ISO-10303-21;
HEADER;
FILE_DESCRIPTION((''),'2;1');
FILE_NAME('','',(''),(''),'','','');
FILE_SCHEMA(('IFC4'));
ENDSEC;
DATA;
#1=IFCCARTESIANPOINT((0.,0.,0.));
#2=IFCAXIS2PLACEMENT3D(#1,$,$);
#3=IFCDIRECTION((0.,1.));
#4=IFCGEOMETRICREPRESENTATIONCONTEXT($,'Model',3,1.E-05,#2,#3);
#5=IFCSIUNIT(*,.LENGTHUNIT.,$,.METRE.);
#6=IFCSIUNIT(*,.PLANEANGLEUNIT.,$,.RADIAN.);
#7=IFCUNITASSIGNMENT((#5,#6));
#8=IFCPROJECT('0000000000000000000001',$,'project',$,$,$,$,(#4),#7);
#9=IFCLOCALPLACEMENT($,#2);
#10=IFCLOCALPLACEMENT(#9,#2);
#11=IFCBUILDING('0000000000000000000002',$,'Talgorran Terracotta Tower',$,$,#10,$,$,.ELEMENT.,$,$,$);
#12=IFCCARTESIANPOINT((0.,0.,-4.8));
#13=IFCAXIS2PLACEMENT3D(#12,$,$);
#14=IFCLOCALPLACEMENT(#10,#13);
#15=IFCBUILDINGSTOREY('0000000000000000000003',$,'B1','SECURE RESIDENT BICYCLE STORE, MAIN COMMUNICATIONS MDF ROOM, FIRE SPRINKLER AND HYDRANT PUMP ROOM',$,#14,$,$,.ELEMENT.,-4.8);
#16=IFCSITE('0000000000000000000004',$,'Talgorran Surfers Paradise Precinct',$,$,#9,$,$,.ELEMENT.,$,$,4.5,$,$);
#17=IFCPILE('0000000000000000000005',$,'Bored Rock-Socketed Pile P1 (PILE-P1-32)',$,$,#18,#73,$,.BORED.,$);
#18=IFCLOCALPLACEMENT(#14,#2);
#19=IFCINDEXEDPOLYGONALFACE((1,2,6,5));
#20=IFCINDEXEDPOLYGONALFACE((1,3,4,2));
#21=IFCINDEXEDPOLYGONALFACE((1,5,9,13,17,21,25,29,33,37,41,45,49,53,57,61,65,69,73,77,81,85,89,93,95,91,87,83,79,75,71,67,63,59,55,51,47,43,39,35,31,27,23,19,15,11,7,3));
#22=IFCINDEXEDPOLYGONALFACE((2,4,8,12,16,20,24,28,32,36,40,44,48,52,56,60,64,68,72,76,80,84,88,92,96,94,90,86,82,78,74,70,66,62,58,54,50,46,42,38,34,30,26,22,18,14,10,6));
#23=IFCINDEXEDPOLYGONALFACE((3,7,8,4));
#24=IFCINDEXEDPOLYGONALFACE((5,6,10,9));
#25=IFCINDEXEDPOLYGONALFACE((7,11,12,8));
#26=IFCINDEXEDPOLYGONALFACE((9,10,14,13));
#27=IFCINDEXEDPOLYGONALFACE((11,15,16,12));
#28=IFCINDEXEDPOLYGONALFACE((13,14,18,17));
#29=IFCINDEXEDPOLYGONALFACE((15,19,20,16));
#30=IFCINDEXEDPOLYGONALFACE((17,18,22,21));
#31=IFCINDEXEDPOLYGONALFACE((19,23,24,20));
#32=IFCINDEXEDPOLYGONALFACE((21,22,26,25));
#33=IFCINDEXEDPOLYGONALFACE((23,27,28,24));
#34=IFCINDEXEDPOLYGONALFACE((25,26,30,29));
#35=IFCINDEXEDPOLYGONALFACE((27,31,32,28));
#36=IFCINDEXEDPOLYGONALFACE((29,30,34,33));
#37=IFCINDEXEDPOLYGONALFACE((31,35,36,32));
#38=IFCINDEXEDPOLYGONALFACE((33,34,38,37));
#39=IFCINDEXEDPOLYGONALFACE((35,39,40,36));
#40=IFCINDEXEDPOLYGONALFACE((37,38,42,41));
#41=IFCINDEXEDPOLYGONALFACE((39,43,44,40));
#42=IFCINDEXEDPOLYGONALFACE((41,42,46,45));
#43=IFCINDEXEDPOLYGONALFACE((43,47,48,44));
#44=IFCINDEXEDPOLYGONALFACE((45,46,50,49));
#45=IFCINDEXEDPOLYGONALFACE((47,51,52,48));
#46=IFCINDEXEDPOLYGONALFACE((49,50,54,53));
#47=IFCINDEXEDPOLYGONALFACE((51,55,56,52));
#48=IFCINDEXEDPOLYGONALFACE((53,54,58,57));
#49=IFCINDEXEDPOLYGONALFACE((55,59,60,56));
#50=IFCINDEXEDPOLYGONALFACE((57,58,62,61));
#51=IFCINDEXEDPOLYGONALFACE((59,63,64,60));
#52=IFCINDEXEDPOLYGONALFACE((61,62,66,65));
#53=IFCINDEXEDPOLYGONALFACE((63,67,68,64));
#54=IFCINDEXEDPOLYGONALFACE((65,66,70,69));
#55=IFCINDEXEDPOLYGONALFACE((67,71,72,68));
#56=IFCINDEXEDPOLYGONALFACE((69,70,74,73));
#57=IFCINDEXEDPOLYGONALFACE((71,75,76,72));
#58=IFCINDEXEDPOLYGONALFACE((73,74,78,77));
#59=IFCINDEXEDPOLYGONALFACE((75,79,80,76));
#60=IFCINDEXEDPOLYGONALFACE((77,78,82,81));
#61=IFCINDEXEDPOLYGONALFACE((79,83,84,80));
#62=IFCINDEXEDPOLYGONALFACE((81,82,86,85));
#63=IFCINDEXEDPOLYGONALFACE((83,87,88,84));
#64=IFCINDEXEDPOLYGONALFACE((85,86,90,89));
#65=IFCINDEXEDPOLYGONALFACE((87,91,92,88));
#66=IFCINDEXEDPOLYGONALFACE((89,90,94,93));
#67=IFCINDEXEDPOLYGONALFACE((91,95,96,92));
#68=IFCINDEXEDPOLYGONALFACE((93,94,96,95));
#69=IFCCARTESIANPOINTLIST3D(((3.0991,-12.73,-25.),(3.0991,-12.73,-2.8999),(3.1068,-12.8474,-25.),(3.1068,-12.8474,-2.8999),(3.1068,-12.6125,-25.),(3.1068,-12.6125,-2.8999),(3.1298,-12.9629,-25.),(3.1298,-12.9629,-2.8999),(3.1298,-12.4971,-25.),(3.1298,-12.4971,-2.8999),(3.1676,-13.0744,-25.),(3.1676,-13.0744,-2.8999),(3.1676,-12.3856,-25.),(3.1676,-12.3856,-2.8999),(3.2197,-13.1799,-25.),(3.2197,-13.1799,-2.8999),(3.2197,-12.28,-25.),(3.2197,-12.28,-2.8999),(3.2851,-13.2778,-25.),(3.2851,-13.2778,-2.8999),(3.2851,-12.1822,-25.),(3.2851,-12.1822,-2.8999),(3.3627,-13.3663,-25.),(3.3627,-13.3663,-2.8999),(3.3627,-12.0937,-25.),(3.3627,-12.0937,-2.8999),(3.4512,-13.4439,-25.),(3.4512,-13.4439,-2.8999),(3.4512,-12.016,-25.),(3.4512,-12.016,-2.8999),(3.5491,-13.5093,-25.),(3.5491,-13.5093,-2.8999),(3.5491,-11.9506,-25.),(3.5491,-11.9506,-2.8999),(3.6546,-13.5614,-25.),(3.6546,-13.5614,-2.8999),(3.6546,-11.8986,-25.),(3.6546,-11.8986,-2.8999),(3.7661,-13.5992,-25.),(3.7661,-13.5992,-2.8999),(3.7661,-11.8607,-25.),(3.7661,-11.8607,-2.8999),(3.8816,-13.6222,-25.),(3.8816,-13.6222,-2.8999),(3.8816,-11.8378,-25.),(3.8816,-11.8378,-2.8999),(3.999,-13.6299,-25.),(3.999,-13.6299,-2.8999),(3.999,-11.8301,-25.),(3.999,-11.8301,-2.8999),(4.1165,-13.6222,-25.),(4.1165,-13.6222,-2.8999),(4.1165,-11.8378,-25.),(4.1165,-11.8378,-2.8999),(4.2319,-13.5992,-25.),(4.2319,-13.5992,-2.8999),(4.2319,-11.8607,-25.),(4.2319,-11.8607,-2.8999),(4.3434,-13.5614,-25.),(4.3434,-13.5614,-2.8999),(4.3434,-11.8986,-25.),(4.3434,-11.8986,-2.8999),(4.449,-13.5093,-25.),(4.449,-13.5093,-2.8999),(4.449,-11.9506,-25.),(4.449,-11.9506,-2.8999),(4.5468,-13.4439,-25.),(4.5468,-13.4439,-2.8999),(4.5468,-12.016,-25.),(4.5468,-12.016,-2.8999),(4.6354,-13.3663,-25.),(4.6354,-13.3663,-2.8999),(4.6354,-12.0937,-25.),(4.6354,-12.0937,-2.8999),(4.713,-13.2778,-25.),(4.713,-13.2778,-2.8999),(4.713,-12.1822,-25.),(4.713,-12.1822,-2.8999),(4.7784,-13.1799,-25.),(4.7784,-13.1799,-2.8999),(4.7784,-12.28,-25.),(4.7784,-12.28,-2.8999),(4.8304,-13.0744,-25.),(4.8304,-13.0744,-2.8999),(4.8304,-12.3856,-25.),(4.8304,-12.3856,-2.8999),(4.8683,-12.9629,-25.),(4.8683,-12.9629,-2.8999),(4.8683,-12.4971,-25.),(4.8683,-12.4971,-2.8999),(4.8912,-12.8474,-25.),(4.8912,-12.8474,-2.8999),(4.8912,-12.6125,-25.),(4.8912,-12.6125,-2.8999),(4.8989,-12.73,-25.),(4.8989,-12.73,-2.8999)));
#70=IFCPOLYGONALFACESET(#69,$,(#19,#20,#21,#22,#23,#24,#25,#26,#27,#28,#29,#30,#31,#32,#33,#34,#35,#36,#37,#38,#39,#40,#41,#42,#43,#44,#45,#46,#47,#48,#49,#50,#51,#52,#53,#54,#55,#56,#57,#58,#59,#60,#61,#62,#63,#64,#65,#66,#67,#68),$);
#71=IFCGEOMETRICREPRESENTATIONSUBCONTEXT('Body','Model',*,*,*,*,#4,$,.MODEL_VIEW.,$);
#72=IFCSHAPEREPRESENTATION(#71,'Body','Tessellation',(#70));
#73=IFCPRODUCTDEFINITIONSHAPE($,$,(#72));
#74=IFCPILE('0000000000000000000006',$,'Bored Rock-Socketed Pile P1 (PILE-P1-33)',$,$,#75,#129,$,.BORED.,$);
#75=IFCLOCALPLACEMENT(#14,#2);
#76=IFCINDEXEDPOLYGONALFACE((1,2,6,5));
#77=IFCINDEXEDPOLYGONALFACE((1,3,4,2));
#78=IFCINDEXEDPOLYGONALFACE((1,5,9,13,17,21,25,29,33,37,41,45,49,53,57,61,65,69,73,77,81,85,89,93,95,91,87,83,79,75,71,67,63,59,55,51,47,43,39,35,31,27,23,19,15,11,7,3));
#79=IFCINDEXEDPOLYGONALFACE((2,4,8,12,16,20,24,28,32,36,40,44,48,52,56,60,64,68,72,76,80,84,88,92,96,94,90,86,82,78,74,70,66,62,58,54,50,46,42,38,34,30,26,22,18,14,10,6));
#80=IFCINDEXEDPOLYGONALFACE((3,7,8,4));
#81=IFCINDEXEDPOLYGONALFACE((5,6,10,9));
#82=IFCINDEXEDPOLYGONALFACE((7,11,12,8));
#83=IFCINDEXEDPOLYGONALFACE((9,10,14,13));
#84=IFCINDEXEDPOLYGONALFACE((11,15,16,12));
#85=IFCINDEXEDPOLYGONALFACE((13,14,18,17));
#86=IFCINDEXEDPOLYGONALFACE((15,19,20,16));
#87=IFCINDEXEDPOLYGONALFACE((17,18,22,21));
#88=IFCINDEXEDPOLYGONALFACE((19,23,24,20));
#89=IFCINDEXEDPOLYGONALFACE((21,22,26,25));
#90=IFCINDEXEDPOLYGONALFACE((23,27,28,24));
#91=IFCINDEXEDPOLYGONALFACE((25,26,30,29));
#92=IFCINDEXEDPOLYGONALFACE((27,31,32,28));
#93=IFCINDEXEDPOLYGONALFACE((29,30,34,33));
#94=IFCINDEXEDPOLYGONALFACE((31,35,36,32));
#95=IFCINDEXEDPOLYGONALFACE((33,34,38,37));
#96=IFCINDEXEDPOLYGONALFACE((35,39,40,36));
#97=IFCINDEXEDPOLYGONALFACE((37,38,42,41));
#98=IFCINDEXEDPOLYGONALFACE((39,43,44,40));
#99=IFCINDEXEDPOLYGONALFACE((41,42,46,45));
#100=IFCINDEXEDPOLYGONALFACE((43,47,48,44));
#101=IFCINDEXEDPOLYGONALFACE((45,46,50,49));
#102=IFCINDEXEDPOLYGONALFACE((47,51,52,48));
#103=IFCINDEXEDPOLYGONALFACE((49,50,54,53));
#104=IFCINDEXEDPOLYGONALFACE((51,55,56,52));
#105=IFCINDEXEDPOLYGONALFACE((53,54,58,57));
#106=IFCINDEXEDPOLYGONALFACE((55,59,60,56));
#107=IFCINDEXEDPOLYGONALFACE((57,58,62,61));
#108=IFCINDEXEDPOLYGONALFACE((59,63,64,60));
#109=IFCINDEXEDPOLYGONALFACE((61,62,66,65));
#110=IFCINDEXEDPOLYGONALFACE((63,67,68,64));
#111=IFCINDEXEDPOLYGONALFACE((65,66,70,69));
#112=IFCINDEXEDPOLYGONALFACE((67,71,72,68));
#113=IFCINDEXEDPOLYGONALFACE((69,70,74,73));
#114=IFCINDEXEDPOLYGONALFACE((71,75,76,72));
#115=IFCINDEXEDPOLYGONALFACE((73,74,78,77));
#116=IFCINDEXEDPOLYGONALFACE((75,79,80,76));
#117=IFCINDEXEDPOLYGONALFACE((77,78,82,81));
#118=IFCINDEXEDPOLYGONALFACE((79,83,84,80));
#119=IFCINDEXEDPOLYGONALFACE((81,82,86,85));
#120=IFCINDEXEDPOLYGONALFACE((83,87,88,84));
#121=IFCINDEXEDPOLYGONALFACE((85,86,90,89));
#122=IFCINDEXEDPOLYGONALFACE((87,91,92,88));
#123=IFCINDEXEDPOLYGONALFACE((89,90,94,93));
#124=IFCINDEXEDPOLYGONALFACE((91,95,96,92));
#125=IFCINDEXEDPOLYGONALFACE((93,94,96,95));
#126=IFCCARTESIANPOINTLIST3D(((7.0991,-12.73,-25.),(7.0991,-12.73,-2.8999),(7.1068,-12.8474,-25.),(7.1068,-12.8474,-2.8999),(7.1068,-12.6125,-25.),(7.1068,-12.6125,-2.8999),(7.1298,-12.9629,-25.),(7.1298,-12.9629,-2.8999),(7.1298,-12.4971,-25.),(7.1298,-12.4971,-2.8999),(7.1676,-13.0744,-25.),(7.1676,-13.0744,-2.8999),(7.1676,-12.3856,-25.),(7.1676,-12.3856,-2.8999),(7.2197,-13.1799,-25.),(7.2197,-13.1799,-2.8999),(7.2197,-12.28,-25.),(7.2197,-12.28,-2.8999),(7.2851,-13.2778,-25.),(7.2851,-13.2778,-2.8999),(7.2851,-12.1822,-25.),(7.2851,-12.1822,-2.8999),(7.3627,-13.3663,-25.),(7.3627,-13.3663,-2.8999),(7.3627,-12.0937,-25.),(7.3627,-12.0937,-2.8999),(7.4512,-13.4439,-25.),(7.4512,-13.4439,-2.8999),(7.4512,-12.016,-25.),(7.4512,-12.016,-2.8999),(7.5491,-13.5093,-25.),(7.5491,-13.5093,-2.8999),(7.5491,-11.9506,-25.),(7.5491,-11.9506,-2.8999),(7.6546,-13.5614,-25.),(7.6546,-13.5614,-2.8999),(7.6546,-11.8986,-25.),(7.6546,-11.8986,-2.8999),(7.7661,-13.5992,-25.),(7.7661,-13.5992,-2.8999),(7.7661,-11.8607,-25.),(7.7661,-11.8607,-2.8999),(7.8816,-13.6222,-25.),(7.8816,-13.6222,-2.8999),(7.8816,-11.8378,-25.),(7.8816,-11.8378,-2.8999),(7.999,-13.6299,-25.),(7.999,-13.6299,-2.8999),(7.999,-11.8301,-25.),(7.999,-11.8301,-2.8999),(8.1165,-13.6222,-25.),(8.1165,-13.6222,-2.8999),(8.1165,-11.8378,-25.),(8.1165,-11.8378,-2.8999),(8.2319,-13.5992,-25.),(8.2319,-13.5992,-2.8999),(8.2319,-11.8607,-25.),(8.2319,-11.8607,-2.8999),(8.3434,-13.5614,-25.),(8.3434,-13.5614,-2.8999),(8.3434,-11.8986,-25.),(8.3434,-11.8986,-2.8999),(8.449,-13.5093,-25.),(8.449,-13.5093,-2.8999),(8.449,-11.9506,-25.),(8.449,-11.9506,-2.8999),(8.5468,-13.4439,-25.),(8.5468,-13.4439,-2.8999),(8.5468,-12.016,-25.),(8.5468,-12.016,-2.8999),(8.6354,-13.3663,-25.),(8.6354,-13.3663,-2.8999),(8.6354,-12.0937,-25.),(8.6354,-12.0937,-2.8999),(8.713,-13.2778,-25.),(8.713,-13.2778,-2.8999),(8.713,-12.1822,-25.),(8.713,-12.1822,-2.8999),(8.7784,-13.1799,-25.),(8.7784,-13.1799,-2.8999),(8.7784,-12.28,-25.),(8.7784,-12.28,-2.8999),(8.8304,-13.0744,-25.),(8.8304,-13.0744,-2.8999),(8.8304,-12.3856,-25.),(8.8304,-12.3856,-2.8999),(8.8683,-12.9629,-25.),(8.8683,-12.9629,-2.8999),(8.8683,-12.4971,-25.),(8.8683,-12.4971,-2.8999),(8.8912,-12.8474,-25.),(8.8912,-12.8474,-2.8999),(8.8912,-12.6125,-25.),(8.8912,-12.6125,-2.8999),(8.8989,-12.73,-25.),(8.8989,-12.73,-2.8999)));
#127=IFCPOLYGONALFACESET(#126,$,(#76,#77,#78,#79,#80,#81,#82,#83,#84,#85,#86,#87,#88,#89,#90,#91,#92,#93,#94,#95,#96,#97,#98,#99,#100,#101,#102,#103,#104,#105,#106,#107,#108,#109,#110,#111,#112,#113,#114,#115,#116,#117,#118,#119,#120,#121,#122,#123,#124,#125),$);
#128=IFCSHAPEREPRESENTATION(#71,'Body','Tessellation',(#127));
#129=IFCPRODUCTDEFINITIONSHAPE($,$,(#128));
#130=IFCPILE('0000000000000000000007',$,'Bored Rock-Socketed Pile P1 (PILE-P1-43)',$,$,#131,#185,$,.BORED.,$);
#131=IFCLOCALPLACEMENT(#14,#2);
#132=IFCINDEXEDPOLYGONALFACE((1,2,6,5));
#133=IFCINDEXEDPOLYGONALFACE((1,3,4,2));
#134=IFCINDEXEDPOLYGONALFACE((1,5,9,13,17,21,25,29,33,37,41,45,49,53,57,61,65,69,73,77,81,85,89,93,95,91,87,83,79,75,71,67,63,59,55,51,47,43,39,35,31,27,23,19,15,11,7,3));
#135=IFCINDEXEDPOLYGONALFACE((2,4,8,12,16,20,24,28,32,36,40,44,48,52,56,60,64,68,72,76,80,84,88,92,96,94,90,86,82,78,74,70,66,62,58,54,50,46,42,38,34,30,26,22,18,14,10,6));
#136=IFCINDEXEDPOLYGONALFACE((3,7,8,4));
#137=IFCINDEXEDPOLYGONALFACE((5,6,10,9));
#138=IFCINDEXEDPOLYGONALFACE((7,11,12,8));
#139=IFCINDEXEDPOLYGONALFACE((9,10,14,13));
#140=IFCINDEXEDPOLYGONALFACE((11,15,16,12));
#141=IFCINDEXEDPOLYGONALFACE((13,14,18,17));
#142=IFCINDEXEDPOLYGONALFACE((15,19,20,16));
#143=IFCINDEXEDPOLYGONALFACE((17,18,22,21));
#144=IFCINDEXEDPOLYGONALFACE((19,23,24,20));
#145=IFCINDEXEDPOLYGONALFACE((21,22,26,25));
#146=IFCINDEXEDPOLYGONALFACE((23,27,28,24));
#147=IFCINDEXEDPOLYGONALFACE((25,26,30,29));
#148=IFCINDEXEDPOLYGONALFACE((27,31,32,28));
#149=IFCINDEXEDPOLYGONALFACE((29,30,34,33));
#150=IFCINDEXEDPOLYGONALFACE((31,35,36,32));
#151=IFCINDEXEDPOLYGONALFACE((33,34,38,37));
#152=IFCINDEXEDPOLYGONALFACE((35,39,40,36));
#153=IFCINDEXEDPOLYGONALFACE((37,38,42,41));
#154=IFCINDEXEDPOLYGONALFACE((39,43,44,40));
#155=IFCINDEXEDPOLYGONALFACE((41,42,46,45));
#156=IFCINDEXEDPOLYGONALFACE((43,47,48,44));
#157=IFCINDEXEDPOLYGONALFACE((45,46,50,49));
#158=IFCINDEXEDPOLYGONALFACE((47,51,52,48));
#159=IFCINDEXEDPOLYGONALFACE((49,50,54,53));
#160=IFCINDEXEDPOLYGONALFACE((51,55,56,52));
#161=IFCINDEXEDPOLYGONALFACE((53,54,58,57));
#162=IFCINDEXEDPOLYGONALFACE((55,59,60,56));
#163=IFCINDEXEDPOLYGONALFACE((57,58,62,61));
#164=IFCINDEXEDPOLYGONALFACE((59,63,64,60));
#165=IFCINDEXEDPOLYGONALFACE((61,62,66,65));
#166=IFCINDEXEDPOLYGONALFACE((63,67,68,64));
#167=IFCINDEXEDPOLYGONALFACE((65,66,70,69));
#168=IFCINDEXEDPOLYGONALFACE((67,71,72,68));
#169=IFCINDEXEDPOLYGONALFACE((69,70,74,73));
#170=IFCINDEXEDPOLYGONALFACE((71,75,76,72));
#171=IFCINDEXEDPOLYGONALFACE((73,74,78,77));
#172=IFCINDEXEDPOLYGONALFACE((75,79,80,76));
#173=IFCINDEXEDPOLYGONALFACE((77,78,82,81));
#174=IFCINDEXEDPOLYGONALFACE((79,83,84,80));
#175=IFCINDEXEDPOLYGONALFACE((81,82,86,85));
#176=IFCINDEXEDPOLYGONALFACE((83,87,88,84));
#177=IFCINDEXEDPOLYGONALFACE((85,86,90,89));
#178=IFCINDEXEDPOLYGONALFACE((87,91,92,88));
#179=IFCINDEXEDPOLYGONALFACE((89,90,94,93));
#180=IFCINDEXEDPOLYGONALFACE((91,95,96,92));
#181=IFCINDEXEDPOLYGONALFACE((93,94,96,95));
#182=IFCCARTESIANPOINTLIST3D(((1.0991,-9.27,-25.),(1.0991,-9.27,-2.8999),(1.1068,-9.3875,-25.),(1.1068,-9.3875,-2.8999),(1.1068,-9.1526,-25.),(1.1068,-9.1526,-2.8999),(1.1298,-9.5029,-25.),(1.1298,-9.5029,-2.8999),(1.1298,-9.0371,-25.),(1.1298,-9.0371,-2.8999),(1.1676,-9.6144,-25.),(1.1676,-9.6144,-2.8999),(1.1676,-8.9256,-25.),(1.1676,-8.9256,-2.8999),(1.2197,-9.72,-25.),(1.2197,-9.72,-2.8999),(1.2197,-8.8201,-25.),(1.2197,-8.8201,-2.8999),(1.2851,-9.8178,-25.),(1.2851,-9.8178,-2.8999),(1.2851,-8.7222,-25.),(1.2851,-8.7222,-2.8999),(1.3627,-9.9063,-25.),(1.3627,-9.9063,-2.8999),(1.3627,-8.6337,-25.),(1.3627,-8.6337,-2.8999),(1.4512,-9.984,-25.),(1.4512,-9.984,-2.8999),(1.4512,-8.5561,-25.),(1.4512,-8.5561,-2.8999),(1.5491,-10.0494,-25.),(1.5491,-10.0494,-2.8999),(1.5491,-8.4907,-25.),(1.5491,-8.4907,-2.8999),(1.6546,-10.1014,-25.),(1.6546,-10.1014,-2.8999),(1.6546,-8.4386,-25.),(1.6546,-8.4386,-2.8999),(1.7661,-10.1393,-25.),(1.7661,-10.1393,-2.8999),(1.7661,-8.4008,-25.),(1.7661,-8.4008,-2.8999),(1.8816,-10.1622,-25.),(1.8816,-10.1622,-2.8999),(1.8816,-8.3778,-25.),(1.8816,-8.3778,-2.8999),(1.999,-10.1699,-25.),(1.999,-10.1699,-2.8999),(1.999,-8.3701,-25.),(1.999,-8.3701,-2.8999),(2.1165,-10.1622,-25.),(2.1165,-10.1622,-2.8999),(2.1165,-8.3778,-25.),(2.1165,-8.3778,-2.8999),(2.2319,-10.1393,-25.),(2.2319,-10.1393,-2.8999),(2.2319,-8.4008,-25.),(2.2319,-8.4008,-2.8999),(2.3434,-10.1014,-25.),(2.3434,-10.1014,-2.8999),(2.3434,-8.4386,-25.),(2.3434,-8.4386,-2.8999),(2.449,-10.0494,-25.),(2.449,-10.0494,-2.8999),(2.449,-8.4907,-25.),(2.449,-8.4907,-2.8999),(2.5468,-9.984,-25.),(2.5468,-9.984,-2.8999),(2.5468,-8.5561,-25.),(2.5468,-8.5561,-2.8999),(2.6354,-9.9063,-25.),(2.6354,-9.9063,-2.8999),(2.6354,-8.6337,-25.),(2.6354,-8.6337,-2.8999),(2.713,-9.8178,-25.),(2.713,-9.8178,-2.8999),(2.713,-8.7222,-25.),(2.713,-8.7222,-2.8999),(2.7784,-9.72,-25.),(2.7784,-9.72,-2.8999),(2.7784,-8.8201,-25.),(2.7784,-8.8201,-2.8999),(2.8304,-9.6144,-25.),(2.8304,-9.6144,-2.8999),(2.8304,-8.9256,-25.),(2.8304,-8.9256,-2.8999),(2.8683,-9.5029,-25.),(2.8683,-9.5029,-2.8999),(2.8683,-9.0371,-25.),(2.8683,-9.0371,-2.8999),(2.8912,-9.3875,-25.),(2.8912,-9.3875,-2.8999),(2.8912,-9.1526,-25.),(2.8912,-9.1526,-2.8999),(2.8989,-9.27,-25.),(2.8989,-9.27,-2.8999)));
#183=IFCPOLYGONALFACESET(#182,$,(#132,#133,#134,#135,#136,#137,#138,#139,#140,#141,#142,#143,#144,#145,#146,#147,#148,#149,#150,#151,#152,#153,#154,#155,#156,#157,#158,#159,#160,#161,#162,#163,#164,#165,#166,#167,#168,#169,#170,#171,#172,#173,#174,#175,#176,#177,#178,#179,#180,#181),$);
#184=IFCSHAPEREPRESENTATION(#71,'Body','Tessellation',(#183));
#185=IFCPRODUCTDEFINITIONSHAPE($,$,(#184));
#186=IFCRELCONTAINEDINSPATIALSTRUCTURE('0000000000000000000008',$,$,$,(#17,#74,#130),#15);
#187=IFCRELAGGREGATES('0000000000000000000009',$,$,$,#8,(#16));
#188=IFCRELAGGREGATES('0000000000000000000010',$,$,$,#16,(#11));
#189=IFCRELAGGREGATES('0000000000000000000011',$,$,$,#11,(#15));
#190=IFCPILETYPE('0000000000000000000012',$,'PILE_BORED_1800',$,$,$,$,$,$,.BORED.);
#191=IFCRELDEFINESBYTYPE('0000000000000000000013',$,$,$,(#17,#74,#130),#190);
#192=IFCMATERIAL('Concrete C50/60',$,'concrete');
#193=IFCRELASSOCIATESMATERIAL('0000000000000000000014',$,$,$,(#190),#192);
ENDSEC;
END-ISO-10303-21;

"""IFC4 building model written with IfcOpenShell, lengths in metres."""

from ifc_helpers import new_model, si_unit, direction, frame, origin, origin_2d, place, context, subcontext, project, spatial, circle, extrude, material, material_profile, profile_set, type_object, element, save


model = new_model("IFC4")

# Units and contexts
model_context = context("Model", 3, precision=1e-05, world=origin(), true_north=direction((0.0, 1.0)))
body_context = subcontext(model_context, "Body", "Model", "MODEL_VIEW")
ifc_project = project(units=[si_unit("LENGTHUNIT", "METRE"), si_unit("PLANEANGLEUNIT", "RADIAN")], contexts=[model_context])

# Site, building, storey
site_placement = place(None, origin())
site = spatial("IfcSite", under=ifc_project, at=site_placement, Name="Talgorran Surfers Paradise Precinct", CompositionType="ELEMENT", RefElevation=4.5)
building_placement = place(site_placement, origin())
building = spatial("IfcBuilding", under=site, at=building_placement, Name="Talgorran Terracotta Tower", CompositionType="ELEMENT")
storey_placement = place(building_placement, frame((0.0, 0.0, -4.8)))
storey = spatial("IfcBuildingStorey", under=building, at=storey_placement, Name="B1", Description="SECURE RESIDENT BICYCLE STORE, MAIN COMMUNICATIONS MDF ROOM, FIRE SPRINKLER AND HYDRANT PUMP ROOM", CompositionType="ELEMENT", Elevation=-4.8)

# Shared definitions
ifc_material_1 = material(Name="Concrete C50/60", Category="concrete")

# Piles
ifc_material_profile_1 = material_profile(ifc_material_1, circle(Radius=0.8999, at=origin_2d()), Name="PILE1800")
ifc_profile_set_1 = profile_set([ifc_material_profile_1], Name="Concrete C50/60")
pile_type = type_object("IfcPileType", Name="PILE_BORED_1800", PredefinedType="BORED", material=ifc_profile_set_1)
for number, where, z_axis, x_axis, name in (
    (1, (3.999, -12.73, -2.8999), (0.0, 0.0, -1.0), (1.0, 0.0, 0.0), "Bored Rock-Socketed Pile P1 (PILE-P1-32)"),
    (2, (7.999, -12.73, -2.8999), (0.0, 0.0, -1.0), (1.0, 0.0, 0.0), "Bored Rock-Socketed Pile P1 (PILE-P1-33)"),
    (3, (1.999, -9.27, -2.8999), (0.0, 0.0, -1.0), (1.0, 0.0, 0.0), "Bored Rock-Socketed Pile P1 (PILE-P1-43)"),
):
    element("IfcPile", number, at=place(storey_placement, frame(where, z_axis=z_axis, x_axis=x_axis)), inside=storey, type_object=pile_type, Name=name, PredefinedType="BORED", context=body_context, shape_type="SweptSolid", body=[
        extrude(circle(Radius=0.8999, at=origin_2d()), origin(), (0.0, 0.0, 1.0), 22.1001),
    ])

save(model, "model.ifc")
